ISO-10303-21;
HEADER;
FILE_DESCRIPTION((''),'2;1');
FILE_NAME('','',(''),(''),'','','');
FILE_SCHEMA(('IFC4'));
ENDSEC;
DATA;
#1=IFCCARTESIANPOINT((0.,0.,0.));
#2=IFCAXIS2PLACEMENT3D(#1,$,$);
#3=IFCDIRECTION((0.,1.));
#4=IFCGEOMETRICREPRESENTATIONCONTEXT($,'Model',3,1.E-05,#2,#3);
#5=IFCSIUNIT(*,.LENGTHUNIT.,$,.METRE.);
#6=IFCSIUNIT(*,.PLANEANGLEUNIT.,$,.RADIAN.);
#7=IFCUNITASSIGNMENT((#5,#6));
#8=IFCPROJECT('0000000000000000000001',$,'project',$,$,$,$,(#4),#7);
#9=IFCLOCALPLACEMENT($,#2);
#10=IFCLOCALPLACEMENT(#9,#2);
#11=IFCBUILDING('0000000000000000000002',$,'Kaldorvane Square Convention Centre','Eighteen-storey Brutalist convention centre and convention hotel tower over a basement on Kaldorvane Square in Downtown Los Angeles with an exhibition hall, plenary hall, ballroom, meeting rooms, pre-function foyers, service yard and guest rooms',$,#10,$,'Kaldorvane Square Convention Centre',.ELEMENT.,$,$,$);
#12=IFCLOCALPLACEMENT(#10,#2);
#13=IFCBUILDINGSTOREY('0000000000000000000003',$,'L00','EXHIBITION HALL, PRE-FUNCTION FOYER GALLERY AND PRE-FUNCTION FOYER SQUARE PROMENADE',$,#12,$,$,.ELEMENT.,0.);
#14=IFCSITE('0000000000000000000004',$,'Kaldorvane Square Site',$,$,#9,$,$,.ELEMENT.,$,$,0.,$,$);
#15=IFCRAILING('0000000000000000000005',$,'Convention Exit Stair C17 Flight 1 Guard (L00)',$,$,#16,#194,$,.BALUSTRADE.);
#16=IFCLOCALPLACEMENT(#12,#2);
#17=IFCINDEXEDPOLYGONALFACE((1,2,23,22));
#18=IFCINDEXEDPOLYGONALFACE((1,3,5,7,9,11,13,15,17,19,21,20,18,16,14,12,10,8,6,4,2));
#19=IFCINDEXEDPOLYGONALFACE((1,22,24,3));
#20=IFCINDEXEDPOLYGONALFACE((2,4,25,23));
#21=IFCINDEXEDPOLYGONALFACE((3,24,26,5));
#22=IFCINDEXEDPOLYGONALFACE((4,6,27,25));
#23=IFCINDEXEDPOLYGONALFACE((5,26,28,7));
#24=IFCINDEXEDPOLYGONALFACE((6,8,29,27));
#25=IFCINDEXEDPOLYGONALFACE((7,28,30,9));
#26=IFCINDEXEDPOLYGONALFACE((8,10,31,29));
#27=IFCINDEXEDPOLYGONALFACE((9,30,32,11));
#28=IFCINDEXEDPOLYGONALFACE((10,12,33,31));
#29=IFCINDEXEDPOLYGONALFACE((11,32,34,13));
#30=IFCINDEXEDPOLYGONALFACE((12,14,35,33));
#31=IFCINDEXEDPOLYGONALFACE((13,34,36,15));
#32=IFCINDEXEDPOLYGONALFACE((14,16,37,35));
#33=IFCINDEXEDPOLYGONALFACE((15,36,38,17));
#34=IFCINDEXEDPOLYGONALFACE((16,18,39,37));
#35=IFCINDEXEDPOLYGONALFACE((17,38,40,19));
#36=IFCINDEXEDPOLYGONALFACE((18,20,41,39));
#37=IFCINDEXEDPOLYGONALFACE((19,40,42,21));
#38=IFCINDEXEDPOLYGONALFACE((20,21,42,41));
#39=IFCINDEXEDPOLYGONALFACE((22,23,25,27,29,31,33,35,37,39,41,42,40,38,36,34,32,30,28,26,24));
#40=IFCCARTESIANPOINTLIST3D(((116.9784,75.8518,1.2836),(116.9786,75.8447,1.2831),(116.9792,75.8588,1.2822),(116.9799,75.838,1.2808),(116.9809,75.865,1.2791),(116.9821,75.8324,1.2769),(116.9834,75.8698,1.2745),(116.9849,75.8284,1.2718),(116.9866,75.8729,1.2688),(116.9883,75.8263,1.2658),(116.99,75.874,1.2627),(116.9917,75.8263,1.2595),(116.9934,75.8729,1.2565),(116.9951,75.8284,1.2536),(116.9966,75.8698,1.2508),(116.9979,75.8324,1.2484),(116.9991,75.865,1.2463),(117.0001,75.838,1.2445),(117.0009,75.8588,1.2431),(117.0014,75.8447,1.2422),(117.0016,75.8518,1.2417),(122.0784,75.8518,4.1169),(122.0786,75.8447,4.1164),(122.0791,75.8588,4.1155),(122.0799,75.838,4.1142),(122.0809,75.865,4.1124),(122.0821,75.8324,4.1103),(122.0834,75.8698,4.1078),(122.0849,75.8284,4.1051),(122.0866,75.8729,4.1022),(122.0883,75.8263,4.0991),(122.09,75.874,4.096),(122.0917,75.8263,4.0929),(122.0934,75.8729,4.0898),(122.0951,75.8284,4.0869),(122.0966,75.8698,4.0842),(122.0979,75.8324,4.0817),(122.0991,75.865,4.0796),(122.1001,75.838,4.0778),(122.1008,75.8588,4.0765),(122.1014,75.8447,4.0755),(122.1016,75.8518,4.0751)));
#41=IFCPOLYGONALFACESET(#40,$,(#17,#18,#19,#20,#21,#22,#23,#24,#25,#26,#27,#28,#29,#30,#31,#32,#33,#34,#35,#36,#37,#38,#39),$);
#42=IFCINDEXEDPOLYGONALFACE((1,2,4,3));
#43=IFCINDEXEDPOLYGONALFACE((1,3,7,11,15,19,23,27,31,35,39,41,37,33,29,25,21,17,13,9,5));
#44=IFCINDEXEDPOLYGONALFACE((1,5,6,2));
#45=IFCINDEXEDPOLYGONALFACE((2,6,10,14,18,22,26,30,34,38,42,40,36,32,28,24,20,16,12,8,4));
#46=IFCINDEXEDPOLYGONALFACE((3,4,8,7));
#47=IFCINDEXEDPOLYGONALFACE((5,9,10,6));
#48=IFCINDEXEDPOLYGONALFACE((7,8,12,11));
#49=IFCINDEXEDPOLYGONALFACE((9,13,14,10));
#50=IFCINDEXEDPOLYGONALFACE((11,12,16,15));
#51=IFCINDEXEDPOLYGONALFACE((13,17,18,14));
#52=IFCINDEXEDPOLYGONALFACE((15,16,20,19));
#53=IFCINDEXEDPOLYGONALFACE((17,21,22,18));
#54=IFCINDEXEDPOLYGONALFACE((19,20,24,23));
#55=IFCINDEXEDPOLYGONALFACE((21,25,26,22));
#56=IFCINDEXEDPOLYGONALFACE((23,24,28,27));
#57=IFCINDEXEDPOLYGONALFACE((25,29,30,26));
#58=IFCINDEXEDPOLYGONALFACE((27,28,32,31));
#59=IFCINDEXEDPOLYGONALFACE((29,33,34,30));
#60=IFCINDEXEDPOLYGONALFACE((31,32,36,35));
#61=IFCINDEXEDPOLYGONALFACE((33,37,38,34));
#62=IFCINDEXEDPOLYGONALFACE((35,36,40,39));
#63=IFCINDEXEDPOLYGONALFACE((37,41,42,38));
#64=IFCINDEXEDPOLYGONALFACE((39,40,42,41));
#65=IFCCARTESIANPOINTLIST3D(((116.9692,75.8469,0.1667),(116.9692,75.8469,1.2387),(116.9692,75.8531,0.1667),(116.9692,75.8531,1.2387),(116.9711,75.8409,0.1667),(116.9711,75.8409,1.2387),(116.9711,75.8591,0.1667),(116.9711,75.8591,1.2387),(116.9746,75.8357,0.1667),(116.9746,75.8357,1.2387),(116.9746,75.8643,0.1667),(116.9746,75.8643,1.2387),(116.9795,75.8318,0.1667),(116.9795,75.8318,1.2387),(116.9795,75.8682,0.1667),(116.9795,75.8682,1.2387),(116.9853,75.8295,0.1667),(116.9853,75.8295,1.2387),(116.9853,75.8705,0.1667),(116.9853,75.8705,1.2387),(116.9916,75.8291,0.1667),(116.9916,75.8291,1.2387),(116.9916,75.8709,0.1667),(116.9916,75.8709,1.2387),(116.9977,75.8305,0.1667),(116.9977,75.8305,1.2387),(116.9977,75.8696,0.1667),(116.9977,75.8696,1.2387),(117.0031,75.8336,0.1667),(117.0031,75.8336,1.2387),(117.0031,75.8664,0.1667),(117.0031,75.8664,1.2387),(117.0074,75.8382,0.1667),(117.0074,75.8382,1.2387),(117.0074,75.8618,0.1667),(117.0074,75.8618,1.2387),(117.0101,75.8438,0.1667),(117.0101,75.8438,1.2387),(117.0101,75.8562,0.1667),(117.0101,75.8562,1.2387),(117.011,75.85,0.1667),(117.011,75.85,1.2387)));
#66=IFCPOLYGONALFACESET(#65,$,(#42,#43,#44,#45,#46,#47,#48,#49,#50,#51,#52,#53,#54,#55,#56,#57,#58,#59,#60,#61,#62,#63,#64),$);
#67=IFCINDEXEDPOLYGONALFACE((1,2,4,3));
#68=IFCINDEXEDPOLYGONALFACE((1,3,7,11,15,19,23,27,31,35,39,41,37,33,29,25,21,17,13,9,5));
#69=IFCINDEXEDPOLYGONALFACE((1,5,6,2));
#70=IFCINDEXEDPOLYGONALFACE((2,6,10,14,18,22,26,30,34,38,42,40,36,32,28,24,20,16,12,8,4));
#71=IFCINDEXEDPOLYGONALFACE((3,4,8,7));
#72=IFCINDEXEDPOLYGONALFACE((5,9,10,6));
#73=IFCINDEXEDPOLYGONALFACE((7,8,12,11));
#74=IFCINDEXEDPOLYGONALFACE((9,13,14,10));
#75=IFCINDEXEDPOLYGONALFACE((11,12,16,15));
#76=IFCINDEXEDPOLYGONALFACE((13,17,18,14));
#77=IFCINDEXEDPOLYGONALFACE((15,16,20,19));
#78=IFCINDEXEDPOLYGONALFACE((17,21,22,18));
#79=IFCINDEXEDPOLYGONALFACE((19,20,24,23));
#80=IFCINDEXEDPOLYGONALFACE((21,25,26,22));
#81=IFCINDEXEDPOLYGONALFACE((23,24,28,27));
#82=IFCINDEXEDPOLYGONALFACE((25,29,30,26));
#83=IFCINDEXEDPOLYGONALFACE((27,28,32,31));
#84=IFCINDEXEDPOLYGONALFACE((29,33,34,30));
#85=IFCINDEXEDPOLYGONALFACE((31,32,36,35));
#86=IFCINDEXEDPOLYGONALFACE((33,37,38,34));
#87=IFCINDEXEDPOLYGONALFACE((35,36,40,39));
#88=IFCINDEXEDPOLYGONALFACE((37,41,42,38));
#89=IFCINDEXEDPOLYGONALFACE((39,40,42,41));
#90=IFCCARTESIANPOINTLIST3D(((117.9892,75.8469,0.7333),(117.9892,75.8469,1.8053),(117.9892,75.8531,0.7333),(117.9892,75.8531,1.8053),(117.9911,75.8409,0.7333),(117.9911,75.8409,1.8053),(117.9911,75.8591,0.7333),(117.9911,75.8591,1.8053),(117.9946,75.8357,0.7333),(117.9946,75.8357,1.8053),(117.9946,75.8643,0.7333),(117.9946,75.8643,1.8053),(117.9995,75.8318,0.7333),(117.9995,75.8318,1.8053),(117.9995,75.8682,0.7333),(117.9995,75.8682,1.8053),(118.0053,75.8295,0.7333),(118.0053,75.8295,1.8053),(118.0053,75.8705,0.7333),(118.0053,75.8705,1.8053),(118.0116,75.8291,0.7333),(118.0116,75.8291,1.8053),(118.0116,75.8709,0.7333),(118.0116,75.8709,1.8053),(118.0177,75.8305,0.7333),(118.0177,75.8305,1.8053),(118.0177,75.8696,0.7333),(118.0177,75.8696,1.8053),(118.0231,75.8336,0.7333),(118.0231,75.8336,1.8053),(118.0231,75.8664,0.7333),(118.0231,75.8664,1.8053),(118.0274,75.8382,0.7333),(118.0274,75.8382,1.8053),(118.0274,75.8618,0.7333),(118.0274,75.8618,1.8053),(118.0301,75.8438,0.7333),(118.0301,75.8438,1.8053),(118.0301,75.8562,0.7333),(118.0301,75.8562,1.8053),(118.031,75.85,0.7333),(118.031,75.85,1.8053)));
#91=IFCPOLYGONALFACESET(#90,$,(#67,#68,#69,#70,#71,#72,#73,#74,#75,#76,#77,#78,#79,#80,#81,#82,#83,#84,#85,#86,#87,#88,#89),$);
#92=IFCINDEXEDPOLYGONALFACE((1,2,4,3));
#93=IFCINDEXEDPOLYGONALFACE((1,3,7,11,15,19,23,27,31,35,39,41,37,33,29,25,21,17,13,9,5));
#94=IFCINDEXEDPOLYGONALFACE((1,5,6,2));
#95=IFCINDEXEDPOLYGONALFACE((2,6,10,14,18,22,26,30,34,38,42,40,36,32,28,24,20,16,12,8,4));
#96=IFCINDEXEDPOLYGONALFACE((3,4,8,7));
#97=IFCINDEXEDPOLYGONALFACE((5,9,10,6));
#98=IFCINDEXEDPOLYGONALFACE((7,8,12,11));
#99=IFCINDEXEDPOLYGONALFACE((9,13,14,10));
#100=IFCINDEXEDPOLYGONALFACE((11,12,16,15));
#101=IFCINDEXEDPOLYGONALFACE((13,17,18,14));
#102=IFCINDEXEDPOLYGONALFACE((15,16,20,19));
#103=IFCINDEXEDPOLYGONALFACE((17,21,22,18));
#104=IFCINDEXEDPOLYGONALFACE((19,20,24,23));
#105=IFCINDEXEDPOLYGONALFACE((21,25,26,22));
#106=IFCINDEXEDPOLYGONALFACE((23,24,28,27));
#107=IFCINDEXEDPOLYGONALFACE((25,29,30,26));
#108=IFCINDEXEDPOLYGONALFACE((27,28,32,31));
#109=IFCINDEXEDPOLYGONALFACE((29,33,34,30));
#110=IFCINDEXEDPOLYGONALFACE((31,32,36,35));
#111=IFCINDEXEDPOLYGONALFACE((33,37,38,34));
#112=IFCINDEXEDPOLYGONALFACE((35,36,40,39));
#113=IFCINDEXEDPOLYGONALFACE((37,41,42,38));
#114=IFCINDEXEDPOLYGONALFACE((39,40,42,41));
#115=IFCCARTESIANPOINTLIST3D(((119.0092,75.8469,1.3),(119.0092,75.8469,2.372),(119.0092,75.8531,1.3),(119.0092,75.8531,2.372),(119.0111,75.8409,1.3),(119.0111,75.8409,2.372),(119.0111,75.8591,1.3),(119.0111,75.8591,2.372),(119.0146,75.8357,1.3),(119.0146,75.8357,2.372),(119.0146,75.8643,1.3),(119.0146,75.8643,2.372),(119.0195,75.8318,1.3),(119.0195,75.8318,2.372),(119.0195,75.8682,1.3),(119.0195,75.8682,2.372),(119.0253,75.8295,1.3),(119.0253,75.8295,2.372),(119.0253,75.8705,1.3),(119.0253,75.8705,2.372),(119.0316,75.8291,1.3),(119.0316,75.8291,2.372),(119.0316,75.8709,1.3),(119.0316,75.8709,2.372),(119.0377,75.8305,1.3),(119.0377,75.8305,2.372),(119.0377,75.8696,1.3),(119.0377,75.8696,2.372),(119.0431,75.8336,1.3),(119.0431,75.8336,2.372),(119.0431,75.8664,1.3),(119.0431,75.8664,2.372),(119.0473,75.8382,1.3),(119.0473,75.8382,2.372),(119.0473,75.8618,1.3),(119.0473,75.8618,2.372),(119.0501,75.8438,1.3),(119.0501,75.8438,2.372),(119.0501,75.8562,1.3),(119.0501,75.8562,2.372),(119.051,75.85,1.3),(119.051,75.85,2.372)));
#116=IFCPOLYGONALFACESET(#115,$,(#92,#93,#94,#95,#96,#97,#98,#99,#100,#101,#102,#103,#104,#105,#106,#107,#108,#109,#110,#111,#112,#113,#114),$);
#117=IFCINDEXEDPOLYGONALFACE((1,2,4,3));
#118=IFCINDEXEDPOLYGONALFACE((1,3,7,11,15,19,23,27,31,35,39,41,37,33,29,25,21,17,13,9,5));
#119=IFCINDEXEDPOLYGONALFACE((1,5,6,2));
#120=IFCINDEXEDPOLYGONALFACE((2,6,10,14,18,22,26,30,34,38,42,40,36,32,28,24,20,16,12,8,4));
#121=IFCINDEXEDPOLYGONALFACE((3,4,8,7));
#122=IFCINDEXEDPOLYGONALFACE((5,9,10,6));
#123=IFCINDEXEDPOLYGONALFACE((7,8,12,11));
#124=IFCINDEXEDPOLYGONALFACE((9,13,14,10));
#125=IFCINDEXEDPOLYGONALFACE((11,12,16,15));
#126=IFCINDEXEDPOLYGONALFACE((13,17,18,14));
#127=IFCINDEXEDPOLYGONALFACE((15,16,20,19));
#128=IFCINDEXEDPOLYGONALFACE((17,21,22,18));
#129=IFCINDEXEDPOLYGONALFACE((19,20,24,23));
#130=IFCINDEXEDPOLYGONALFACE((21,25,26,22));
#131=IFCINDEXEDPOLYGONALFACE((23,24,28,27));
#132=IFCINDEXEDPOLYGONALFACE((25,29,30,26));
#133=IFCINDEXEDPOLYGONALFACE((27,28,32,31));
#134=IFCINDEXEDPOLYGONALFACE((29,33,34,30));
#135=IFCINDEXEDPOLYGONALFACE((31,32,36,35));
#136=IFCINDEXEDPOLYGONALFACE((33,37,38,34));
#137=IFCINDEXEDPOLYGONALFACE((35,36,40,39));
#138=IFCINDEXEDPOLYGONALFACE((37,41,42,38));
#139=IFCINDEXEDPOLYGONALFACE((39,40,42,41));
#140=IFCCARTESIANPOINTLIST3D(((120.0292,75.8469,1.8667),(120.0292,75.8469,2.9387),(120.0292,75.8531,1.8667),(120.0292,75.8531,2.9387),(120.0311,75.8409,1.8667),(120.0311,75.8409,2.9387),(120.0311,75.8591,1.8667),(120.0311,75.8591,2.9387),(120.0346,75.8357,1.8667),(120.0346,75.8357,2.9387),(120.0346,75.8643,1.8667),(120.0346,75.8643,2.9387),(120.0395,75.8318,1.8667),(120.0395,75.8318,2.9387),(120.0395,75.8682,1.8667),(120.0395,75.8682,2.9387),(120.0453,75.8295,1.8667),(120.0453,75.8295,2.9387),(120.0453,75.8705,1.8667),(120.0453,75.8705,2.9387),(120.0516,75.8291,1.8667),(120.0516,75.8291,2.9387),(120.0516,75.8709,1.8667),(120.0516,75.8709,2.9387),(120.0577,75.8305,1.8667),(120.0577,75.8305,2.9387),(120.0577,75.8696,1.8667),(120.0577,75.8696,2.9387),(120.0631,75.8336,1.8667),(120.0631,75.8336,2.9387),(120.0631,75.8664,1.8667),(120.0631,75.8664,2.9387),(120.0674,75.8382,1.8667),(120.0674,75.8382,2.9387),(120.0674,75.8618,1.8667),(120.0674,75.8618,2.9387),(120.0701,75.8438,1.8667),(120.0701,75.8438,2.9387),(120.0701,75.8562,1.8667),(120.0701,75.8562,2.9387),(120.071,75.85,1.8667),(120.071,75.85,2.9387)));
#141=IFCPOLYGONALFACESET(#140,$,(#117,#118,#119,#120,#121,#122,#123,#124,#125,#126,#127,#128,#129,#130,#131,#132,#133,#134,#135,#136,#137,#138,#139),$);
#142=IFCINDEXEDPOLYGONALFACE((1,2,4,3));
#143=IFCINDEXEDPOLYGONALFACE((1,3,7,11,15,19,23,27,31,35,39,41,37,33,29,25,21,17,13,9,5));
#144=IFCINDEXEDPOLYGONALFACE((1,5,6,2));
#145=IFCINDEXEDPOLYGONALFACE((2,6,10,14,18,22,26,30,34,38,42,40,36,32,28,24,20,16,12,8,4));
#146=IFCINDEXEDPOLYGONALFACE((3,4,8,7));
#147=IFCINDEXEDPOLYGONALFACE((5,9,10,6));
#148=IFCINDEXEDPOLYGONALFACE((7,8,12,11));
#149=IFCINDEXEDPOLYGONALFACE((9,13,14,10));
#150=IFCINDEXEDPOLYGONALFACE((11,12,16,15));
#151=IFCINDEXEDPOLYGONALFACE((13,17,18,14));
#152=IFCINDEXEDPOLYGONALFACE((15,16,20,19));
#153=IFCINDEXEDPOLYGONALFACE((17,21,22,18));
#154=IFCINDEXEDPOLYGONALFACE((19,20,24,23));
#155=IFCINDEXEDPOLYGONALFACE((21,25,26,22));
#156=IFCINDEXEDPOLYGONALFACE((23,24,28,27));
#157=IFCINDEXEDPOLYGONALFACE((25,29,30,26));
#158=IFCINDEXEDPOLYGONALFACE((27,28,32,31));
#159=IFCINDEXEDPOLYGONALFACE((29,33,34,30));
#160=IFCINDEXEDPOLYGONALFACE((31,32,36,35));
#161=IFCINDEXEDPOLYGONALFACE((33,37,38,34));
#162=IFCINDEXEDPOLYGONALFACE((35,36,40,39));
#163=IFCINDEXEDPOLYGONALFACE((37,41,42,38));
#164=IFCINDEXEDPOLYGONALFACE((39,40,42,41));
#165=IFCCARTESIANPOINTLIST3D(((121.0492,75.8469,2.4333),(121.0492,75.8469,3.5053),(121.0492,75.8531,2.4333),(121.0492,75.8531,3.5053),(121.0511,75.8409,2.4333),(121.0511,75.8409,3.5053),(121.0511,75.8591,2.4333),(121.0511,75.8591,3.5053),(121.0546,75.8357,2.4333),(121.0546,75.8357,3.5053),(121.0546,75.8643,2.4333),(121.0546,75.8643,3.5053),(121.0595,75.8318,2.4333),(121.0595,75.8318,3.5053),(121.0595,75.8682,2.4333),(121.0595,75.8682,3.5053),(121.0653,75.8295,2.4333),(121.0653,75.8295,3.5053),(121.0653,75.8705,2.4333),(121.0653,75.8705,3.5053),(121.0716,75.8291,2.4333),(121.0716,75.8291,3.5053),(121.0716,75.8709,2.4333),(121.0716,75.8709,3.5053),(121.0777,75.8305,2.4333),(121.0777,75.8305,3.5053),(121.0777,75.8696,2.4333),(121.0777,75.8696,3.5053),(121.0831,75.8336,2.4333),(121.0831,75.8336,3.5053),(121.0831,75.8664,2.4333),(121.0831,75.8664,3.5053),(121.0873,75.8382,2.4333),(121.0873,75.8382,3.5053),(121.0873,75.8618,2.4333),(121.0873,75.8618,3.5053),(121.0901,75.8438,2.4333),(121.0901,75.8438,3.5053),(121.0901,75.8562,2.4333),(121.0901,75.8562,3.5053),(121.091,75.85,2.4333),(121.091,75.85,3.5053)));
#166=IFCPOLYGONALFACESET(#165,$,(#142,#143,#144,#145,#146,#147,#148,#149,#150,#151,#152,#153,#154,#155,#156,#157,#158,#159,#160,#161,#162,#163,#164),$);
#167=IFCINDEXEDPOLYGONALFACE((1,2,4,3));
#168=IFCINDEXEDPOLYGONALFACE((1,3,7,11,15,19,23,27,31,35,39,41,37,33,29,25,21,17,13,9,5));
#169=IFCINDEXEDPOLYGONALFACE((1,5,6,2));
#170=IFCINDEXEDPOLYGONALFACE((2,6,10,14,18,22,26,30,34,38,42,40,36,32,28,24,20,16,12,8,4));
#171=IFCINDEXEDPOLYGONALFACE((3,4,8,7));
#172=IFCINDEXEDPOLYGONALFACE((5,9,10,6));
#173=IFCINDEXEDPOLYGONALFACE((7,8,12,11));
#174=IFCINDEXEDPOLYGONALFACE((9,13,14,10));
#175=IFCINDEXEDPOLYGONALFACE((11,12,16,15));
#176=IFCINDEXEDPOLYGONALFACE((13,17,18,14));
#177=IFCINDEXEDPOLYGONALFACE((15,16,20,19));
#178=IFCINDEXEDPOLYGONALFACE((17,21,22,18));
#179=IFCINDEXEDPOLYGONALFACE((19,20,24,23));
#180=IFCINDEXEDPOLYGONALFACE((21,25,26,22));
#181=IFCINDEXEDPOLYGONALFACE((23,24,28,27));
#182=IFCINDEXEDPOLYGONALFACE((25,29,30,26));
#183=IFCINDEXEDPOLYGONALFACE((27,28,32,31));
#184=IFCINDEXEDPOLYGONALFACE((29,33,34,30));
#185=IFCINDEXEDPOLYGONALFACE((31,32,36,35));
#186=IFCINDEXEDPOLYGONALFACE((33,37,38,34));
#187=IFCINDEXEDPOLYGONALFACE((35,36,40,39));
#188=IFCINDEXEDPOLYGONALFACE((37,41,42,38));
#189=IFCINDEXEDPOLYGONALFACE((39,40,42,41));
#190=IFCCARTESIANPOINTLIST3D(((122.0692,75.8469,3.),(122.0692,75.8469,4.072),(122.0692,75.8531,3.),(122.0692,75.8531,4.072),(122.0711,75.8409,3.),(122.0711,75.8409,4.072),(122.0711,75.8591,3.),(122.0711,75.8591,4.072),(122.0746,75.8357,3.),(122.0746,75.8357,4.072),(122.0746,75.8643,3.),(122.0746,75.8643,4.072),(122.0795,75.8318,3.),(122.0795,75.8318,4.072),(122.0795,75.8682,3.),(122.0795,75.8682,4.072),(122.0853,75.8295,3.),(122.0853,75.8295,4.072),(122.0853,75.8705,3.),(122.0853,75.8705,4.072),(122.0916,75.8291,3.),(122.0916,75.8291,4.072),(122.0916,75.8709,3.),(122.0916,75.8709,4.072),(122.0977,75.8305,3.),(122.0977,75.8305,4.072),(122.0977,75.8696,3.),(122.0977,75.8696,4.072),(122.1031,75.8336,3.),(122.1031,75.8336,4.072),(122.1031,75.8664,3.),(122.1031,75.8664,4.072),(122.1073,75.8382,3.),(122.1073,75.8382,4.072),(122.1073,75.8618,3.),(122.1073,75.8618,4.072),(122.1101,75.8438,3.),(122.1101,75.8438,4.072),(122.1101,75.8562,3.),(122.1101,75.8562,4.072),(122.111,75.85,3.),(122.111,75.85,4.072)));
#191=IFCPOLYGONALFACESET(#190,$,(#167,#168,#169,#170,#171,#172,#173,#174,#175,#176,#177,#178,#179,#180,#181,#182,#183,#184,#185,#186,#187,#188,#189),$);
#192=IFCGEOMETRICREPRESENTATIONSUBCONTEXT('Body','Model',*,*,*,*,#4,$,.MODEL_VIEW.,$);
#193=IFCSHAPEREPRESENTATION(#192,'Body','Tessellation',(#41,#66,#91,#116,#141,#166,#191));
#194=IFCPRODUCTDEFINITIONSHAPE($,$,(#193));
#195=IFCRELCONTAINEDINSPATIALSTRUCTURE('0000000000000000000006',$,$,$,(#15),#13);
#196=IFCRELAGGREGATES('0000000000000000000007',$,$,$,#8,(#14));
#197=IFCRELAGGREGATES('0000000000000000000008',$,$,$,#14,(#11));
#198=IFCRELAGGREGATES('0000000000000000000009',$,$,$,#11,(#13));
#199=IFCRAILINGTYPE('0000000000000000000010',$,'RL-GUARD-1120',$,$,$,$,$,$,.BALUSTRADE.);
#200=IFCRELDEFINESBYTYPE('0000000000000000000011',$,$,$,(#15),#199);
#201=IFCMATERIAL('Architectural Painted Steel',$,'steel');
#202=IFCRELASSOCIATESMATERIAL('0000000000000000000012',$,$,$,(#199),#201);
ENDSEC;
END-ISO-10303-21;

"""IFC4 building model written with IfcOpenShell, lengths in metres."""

from ifc_helpers import new_model, si_unit, direction, frame, origin, origin_2d, place, context, subcontext, project, spatial, circle, extrude, material, type_object, element, save


model = new_model("IFC4")

# Units and contexts
model_context = context("Model", 3, precision=1e-05, world=origin(), true_north=direction((0.0, 1.0)))
body_context = subcontext(model_context, "Body", "Model", "MODEL_VIEW")
ifc_project = project(units=[si_unit("LENGTHUNIT", "METRE"), si_unit("PLANEANGLEUNIT", "RADIAN")], contexts=[model_context])

# Site, building, storey
site_placement = place(None, origin())
site = spatial("IfcSite", under=ifc_project, at=site_placement, Name="Kaldorvane Square Site", CompositionType="ELEMENT", RefElevation=0.0)
building_placement = place(site_placement, origin())
building = spatial("IfcBuilding", under=site, at=building_placement, Name="Kaldorvane Square Convention Centre", Description="Eighteen-storey Brutalist convention centre and convention hotel tower over a basement on Kaldorvane Square in Downtown Los Angeles with an exhibition hall, plenary hall, ballroom, meeting rooms, pre-function foyers, service yard and guest rooms", LongName="Kaldorvane Square Convention Centre", CompositionType="ELEMENT")
storey_placement = place(building_placement, origin())
storey = spatial("IfcBuildingStorey", under=building, at=storey_placement, Name="L00", Description="EXHIBITION HALL, PRE-FUNCTION FOYER GALLERY AND PRE-FUNCTION FOYER SQUARE PROMENADE", CompositionType="ELEMENT", Elevation=0.0)

# Railing
ifc_material_1 = material(Name="Architectural Painted Steel", Category="steel")
railing_type_1 = type_object("IfcRailingType", Name="RL-GUARD-1120", PredefinedType="BALUSTRADE", material=ifc_material_1)
railing_1_placement = place(storey_placement, frame((116.99, 75.85, 0.1667)))
element("IfcRailing", 1, at=railing_1_placement, inside=storey, type_object=railing_type_1, Name="Convention Exit Stair C17 Flight 1 Guard (L00)", PredefinedType="BALUSTRADE", context=body_context, shape_type="SweptSolid", body=[
    extrude(circle(Radius=0.024, at=origin_2d()), frame((0.0, 0.0, 1.096), z_axis=(0.874157, 0.0, 0.485643), x_axis=(0.0, 1.0, 0.0)), (0.0, 0.0, 1.0), 5.8342),
    extrude(circle(Radius=0.021, at=origin_2d()), origin(), (0.0, 0.0, 1.0), 1.072),
    extrude(circle(Radius=0.021, at=origin_2d()), frame((1.02, 0.0, 0.5667)), (0.0, 0.0, 1.0), 1.072),
    extrude(circle(Radius=0.021, at=origin_2d()), frame((2.04, 0.0, 1.1333)), (0.0, 0.0, 1.0), 1.072),
    extrude(circle(Radius=0.021, at=origin_2d()), frame((3.06, 0.0, 1.7)), (0.0, 0.0, 1.0), 1.072),
    extrude(circle(Radius=0.021, at=origin_2d()), frame((4.08, 0.0, 2.2667)), (0.0, 0.0, 1.0), 1.072),
    extrude(circle(Radius=0.021, at=origin_2d()), frame((5.1, 0.0, 2.8333)), (0.0, 0.0, 1.0), 1.072),
])

save(model, "model.ifc")
